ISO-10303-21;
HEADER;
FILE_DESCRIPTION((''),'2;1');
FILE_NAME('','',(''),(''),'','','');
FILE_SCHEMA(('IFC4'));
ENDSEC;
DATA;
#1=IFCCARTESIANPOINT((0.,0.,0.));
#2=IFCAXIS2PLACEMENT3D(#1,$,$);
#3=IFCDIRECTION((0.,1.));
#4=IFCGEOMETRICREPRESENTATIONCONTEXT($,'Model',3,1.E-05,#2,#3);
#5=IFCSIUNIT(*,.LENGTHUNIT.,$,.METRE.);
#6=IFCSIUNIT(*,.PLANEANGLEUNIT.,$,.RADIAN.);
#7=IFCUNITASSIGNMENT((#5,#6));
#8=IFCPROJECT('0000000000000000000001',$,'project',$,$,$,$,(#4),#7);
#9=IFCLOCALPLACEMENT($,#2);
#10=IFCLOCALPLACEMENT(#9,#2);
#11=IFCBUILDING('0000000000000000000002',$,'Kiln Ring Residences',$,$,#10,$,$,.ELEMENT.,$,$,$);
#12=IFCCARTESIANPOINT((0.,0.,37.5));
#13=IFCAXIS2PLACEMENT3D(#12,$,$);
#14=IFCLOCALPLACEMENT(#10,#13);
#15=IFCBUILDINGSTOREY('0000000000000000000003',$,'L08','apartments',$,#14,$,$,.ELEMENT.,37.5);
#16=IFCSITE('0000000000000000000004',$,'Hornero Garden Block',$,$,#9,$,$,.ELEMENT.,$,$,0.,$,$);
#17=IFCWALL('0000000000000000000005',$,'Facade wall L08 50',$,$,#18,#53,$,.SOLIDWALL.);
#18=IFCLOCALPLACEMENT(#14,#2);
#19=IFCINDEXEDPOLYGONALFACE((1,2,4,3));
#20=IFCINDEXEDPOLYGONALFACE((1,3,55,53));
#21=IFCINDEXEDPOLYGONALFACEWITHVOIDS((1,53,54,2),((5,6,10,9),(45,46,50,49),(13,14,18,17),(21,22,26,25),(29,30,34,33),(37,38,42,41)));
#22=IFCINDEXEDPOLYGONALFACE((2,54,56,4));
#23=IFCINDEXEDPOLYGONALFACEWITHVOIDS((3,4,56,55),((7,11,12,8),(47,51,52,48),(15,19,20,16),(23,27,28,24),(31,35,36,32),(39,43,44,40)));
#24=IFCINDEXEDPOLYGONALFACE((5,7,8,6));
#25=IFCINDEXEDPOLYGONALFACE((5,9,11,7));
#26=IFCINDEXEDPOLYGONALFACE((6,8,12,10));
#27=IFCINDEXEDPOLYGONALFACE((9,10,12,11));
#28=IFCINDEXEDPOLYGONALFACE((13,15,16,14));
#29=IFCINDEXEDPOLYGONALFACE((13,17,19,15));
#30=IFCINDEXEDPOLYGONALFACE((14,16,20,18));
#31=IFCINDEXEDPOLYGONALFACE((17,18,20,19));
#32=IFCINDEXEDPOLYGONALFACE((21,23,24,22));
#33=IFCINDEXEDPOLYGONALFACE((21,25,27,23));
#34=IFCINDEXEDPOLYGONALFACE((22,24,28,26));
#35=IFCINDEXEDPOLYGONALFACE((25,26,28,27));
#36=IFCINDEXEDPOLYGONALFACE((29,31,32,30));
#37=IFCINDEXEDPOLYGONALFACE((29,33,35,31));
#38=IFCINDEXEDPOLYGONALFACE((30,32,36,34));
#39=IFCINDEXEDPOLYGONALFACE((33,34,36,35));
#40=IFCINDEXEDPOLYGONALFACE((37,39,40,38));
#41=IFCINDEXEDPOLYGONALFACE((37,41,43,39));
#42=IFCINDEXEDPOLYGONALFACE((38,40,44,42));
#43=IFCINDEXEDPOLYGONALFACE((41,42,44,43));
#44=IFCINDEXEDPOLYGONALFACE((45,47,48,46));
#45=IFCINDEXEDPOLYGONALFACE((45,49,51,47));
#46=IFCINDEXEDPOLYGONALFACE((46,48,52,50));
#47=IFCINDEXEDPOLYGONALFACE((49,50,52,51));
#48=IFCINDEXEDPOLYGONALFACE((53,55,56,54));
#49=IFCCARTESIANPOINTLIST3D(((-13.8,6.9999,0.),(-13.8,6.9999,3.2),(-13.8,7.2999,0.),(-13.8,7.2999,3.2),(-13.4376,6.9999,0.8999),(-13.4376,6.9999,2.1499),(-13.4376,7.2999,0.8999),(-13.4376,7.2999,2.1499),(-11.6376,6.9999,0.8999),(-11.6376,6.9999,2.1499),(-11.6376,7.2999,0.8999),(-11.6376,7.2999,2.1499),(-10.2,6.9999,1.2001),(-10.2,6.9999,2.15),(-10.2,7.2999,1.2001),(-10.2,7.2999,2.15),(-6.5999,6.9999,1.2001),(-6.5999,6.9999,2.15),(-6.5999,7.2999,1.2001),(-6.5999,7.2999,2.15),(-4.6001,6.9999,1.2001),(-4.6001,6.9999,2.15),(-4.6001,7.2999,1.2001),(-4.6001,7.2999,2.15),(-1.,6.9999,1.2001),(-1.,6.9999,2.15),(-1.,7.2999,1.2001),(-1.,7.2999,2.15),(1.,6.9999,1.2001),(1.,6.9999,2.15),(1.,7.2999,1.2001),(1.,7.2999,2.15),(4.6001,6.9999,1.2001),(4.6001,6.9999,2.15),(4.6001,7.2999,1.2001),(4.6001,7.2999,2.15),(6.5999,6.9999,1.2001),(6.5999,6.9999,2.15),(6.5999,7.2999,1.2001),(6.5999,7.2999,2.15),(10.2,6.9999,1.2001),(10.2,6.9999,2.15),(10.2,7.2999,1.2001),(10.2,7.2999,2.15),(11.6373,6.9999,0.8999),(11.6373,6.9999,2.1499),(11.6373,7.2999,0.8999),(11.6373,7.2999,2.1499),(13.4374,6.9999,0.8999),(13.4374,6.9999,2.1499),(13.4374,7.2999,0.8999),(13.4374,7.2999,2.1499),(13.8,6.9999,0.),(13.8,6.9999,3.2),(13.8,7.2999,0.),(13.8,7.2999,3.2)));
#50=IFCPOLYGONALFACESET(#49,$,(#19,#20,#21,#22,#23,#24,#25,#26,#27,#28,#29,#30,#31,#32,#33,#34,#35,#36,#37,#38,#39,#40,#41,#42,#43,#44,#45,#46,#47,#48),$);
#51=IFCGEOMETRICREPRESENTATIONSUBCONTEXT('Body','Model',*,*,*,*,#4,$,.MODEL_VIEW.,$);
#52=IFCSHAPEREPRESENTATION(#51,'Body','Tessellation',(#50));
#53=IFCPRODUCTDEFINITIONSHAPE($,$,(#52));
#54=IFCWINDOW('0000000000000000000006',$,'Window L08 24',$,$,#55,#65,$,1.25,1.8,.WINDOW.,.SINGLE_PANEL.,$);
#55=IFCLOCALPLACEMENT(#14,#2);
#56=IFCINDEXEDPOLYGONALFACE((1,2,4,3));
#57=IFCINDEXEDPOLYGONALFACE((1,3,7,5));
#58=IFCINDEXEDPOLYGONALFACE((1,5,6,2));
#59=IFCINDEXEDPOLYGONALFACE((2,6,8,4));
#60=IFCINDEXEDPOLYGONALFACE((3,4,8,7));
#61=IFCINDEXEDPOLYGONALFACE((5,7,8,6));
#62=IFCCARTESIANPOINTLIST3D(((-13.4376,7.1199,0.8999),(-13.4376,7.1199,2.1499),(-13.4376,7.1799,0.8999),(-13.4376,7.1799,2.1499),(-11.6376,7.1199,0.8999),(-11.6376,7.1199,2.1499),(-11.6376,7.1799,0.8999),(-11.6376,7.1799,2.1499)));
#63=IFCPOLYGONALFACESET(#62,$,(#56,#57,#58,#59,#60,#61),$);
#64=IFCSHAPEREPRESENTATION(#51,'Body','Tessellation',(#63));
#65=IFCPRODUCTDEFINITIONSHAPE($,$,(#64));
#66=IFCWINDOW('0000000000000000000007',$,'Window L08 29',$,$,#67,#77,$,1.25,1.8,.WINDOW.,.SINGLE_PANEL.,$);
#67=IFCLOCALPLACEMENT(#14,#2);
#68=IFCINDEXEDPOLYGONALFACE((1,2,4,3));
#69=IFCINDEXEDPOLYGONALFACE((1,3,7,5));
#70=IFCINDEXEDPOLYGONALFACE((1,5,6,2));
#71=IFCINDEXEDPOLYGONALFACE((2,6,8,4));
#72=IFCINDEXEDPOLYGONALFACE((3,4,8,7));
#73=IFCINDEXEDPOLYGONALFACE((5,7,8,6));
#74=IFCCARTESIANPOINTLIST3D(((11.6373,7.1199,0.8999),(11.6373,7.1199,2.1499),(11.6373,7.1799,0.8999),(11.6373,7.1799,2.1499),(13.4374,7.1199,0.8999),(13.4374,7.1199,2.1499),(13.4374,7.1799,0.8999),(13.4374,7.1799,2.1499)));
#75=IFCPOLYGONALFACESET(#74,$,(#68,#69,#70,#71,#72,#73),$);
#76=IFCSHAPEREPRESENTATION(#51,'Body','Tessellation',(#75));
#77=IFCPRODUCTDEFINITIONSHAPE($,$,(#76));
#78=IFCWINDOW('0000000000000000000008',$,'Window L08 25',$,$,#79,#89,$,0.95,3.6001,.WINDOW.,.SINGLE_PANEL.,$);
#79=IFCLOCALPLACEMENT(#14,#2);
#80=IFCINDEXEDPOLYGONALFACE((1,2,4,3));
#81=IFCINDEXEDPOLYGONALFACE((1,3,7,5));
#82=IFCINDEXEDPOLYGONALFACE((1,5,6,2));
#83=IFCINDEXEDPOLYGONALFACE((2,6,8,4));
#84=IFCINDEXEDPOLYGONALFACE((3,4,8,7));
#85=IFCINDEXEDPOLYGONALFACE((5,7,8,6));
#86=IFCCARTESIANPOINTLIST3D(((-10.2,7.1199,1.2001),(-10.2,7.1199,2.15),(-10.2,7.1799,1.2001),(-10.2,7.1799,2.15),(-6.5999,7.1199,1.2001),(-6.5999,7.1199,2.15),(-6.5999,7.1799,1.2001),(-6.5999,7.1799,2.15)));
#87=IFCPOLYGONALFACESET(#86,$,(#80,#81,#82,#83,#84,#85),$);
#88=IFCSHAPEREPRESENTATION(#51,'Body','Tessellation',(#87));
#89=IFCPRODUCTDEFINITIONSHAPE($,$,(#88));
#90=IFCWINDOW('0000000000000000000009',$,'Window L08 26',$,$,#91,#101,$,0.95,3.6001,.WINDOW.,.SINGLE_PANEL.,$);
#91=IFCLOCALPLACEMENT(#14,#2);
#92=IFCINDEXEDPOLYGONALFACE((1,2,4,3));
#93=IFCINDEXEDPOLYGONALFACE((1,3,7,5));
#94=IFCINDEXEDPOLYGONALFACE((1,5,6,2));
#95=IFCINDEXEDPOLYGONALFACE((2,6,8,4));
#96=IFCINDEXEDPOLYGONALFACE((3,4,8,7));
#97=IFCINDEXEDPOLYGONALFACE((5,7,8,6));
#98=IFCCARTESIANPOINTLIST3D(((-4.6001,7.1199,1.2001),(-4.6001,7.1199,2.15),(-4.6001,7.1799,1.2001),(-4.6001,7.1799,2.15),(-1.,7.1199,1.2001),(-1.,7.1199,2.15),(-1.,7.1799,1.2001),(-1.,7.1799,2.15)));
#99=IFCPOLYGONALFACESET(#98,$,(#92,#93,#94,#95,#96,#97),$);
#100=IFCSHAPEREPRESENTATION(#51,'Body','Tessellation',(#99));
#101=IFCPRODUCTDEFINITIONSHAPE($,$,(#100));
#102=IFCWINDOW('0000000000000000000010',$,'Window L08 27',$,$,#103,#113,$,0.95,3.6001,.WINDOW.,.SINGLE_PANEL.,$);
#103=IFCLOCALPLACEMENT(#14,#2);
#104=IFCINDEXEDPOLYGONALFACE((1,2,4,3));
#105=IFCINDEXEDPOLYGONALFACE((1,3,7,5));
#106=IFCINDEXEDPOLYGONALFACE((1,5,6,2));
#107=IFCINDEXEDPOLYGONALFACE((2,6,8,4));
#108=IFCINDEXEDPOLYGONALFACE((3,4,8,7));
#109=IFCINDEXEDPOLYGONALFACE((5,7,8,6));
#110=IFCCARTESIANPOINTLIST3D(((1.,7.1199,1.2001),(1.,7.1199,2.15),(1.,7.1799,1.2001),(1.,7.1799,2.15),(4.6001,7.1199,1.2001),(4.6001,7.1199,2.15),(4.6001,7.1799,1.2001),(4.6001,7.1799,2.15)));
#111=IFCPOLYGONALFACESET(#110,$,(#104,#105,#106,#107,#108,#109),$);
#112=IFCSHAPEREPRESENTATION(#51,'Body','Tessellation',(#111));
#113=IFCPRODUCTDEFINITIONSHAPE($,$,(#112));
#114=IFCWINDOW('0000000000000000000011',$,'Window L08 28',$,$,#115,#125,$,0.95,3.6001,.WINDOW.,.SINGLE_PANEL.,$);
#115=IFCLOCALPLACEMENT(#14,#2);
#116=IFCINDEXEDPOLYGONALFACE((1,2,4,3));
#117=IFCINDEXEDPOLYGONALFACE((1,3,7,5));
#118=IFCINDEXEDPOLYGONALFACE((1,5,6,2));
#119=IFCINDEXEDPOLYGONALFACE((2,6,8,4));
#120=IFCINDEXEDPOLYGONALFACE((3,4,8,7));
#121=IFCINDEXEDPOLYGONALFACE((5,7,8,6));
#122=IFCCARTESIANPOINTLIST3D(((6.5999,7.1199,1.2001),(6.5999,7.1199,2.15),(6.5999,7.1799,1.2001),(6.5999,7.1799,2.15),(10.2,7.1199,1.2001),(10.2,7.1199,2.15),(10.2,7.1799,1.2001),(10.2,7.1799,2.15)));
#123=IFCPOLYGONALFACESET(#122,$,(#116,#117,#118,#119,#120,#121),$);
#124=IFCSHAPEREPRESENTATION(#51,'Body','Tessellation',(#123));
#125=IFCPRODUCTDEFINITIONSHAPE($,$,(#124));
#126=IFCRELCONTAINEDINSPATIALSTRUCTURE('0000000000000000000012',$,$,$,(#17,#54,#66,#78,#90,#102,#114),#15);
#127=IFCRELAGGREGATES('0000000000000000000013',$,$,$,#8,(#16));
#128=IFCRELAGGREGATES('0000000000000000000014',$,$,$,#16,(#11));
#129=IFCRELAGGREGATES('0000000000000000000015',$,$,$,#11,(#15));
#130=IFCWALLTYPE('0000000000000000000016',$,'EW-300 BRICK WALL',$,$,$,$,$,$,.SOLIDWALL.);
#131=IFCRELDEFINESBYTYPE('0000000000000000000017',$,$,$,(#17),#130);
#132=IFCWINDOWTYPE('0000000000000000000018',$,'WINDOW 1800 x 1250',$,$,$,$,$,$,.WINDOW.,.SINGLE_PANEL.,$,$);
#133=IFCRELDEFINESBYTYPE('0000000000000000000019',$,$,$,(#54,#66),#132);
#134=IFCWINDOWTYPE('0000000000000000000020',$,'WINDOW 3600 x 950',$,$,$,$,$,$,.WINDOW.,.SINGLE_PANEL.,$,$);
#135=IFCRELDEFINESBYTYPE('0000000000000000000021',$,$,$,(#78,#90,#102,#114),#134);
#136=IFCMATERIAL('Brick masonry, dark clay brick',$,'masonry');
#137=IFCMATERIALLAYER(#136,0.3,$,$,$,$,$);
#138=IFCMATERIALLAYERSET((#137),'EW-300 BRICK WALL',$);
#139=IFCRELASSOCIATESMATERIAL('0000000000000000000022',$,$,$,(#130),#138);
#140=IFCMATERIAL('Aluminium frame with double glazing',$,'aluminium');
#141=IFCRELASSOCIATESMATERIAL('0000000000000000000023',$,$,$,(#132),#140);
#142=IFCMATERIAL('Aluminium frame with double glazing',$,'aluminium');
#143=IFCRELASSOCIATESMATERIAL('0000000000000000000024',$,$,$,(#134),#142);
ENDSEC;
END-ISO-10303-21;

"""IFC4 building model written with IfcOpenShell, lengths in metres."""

from ifc_helpers import new_model, si_unit, direction, frame, frame_2d, origin, place, context, subcontext, project, spatial, rectangle, extrude, material, layer, layer_set, type_object, element, fill, save


model = new_model("IFC4")

# Units and contexts
model_context = context("Model", 3, precision=1e-05, world=origin(), true_north=direction((0.0, 1.0)))
body_context = subcontext(model_context, "Body", "Model", "MODEL_VIEW")
ifc_project = project(units=[si_unit("LENGTHUNIT", "METRE"), si_unit("PLANEANGLEUNIT", "RADIAN")], contexts=[model_context])

# Site, building, storey
site_placement = place(None, origin())
site = spatial("IfcSite", under=ifc_project, at=site_placement, Name="Hornero Garden Block", CompositionType="ELEMENT", RefElevation=0.0)
building_placement = place(site_placement, origin())
building = spatial("IfcBuilding", under=site, at=building_placement, Name="Kiln Ring Residences", CompositionType="ELEMENT")
storey_placement = place(building_placement, frame((0.0, 0.0, 37.5)))
storey = spatial("IfcBuildingStorey", under=building, at=storey_placement, Name="L08", Description="apartments", CompositionType="ELEMENT", Elevation=37.5)

# Wall, openings, windows
ifc_material_1 = material(Name="Brick masonry, dark clay brick", Category="masonry")
ifc_layer_1 = layer(ifc_material_1, 0.3)
ifc_layer_set_1 = layer_set([ifc_layer_1], Name="EW-300 BRICK WALL")
wall_type_1 = type_object("IfcWallType", Name="EW-300 BRICK WALL", PredefinedType="SOLIDWALL", material=ifc_layer_set_1)
wall_1_placement = place(storey_placement, frame((-13.8, 7.1499, 0.0), z_axis=(0.0, 0.0, 1.0), x_axis=(1.0, 0.0, 0.0)))
wall_1 = element("IfcWall", 1, at=wall_1_placement, inside=storey, type_object=wall_type_1, Name="Facade wall L08 50", PredefinedType="SOLIDWALL", context=body_context, shape_type="SweptSolid", body=[
    extrude(rectangle(XDim=27.6001, YDim=0.3, at=frame_2d((13.8, 0.0))), origin(), (0.0, 0.0, 1.0), 3.2),
])
opening_1_placement = place(wall_1_placement, frame((0.3625, 0.0, 0.8999)))
opening_1 = element("IfcOpeningElement", 2, at=opening_1_placement, cuts=wall_1, PredefinedType="OPENING", context=body_context, shape_type="SweptSolid", body=[
    extrude(rectangle(XDim=1.8, YDim=1.25, at=frame_2d((0.8999, 0.625))), frame((0.0, 0.1599, 0.0), z_axis=(0.0, -1.0, 0.0), x_axis=(1.0, 0.0, 0.0)), (0.0, 0.0, 1.0), 0.3201),
])
opening_2_placement = place(wall_1_placement, frame((3.6001, 0.0, 1.2)))
opening_2 = element("IfcOpeningElement", 3, at=opening_2_placement, cuts=wall_1, PredefinedType="OPENING", context=body_context, shape_type="SweptSolid", body=[
    extrude(rectangle(XDim=3.6001, YDim=0.95, at=frame_2d((1.8, 0.4751))), frame((0.0, 0.1599, 0.0), z_axis=(0.0, -1.0, 0.0), x_axis=(1.0, 0.0, 0.0)), (0.0, 0.0, 1.0), 0.3201),
])
opening_3_placement = place(wall_1_placement, frame((9.2, 0.0, 1.2)))
opening_3 = element("IfcOpeningElement", 4, at=opening_3_placement, cuts=wall_1, PredefinedType="OPENING", context=body_context, shape_type="SweptSolid", body=[
    extrude(rectangle(XDim=3.6001, YDim=0.95, at=frame_2d((1.8, 0.4751))), frame((0.0, 0.1599, 0.0), z_axis=(0.0, -1.0, 0.0), x_axis=(1.0, 0.0, 0.0)), (0.0, 0.0, 1.0), 0.3201),
])
opening_4_placement = place(wall_1_placement, frame((14.8, 0.0, 1.2)))
opening_4 = element("IfcOpeningElement", 5, at=opening_4_placement, cuts=wall_1, PredefinedType="OPENING", context=body_context, shape_type="SweptSolid", body=[
    extrude(rectangle(XDim=3.6001, YDim=0.95, at=frame_2d((1.8, 0.4751))), frame((0.0, 0.1599, 0.0), z_axis=(0.0, -1.0, 0.0), x_axis=(1.0, 0.0, 0.0)), (0.0, 0.0, 1.0), 0.3201),
])
opening_5_placement = place(wall_1_placement, frame((20.3999, 0.0, 1.2)))
opening_5 = element("IfcOpeningElement", 6, at=opening_5_placement, cuts=wall_1, PredefinedType="OPENING", context=body_context, shape_type="SweptSolid", body=[
    extrude(rectangle(XDim=3.6001, YDim=0.95, at=frame_2d((1.8, 0.4751))), frame((0.0, 0.1599, 0.0), z_axis=(0.0, -1.0, 0.0), x_axis=(1.0, 0.0, 0.0)), (0.0, 0.0, 1.0), 0.3201),
])
opening_6_placement = place(wall_1_placement, frame((25.4375, 0.0, 0.8999)))
opening_6 = element("IfcOpeningElement", 7, at=opening_6_placement, cuts=wall_1, PredefinedType="OPENING", context=body_context, shape_type="SweptSolid", body=[
    extrude(rectangle(XDim=1.8, YDim=1.25, at=frame_2d((0.8999, 0.625))), frame((0.0, 0.1599, 0.0), z_axis=(0.0, -1.0, 0.0), x_axis=(1.0, 0.0, 0.0)), (0.0, 0.0, 1.0), 0.3201),
])
ifc_material_2 = material(Name="Aluminium frame with double glazing", Category="aluminium")
window_type_1 = type_object("IfcWindowType", Name="WINDOW 1800 x 1250", PartitioningType="SINGLE_PANEL", PredefinedType="WINDOW", material=ifc_material_2)
window_1_placement = place(opening_1_placement, origin())
window_1 = element("IfcWindow", 8, at=window_1_placement, inside=storey, type_object=window_type_1, Name="Window L08 24", OverallHeight=1.25, OverallWidth=1.8, PartitioningType="SINGLE_PANEL", PredefinedType="WINDOW", context=body_context, shape_type="SweptSolid", body=[
    extrude(rectangle(XDim=1.8, YDim=1.25, at=frame_2d((0.8999, 0.625))), frame((0.0, 0.03, 0.0), z_axis=(0.0, -1.0, 0.0), x_axis=(1.0, 0.0, 0.0)), (0.0, 0.0, 1.0), 0.0601),
])
fill(opening_1, window_1)
window_2_placement = place(opening_6_placement, origin())
window_2 = element("IfcWindow", 9, at=window_2_placement, inside=storey, type_object=window_type_1, Name="Window L08 29", OverallHeight=1.25, OverallWidth=1.8, PartitioningType="SINGLE_PANEL", PredefinedType="WINDOW", context=body_context, shape_type="SweptSolid", body=[
    extrude(rectangle(XDim=1.8, YDim=1.25, at=frame_2d((0.8999, 0.625))), frame((0.0, 0.03, 0.0), z_axis=(0.0, -1.0, 0.0), x_axis=(1.0, 0.0, 0.0)), (0.0, 0.0, 1.0), 0.0601),
])
fill(opening_6, window_2)
ifc_material_3 = material(Name="Aluminium frame with double glazing", Category="aluminium")
window_type_2 = type_object("IfcWindowType", Name="WINDOW 3600 x 950", PartitioningType="SINGLE_PANEL", PredefinedType="WINDOW", material=ifc_material_3)
window_3_placement = place(opening_2_placement, origin())
window_3 = element("IfcWindow", 10, at=window_3_placement, inside=storey, type_object=window_type_2, Name="Window L08 25", OverallHeight=0.95, OverallWidth=3.6001, PartitioningType="SINGLE_PANEL", PredefinedType="WINDOW", context=body_context, shape_type="SweptSolid", body=[
    extrude(rectangle(XDim=3.6001, YDim=0.95, at=frame_2d((1.8, 0.4751))), frame((0.0, 0.03, 0.0), z_axis=(0.0, -1.0, 0.0), x_axis=(1.0, 0.0, 0.0)), (0.0, 0.0, 1.0), 0.0601),
])
fill(opening_2, window_3)
window_4_placement = place(opening_3_placement, origin())
window_4 = element("IfcWindow", 11, at=window_4_placement, inside=storey, type_object=window_type_2, Name="Window L08 26", OverallHeight=0.95, OverallWidth=3.6001, PartitioningType="SINGLE_PANEL", PredefinedType="WINDOW", context=body_context, shape_type="SweptSolid", body=[
    extrude(rectangle(XDim=3.6001, YDim=0.95, at=frame_2d((1.8, 0.4751))), frame((0.0, 0.03, 0.0), z_axis=(0.0, -1.0, 0.0), x_axis=(1.0, 0.0, 0.0)), (0.0, 0.0, 1.0), 0.0601),
])
fill(opening_3, window_4)
window_5_placement = place(opening_4_placement, origin())
window_5 = element("IfcWindow", 12, at=window_5_placement, inside=storey, type_object=window_type_2, Name="Window L08 27", OverallHeight=0.95, OverallWidth=3.6001, PartitioningType="SINGLE_PANEL", PredefinedType="WINDOW", context=body_context, shape_type="SweptSolid", body=[
    extrude(rectangle(XDim=3.6001, YDim=0.95, at=frame_2d((1.8, 0.4751))), frame((0.0, 0.03, 0.0), z_axis=(0.0, -1.0, 0.0), x_axis=(1.0, 0.0, 0.0)), (0.0, 0.0, 1.0), 0.0601),
])
fill(opening_4, window_5)
window_6_placement = place(opening_5_placement, origin())
window_6 = element("IfcWindow", 13, at=window_6_placement, inside=storey, type_object=window_type_2, Name="Window L08 28", OverallHeight=0.95, OverallWidth=3.6001, PartitioningType="SINGLE_PANEL", PredefinedType="WINDOW", context=body_context, shape_type="SweptSolid", body=[
    extrude(rectangle(XDim=3.6001, YDim=0.95, at=frame_2d((1.8, 0.4751))), frame((0.0, 0.03, 0.0), z_axis=(0.0, -1.0, 0.0), x_axis=(1.0, 0.0, 0.0)), (0.0, 0.0, 1.0), 0.0601),
])
fill(opening_5, window_6)

save(model, "model.ifc")
